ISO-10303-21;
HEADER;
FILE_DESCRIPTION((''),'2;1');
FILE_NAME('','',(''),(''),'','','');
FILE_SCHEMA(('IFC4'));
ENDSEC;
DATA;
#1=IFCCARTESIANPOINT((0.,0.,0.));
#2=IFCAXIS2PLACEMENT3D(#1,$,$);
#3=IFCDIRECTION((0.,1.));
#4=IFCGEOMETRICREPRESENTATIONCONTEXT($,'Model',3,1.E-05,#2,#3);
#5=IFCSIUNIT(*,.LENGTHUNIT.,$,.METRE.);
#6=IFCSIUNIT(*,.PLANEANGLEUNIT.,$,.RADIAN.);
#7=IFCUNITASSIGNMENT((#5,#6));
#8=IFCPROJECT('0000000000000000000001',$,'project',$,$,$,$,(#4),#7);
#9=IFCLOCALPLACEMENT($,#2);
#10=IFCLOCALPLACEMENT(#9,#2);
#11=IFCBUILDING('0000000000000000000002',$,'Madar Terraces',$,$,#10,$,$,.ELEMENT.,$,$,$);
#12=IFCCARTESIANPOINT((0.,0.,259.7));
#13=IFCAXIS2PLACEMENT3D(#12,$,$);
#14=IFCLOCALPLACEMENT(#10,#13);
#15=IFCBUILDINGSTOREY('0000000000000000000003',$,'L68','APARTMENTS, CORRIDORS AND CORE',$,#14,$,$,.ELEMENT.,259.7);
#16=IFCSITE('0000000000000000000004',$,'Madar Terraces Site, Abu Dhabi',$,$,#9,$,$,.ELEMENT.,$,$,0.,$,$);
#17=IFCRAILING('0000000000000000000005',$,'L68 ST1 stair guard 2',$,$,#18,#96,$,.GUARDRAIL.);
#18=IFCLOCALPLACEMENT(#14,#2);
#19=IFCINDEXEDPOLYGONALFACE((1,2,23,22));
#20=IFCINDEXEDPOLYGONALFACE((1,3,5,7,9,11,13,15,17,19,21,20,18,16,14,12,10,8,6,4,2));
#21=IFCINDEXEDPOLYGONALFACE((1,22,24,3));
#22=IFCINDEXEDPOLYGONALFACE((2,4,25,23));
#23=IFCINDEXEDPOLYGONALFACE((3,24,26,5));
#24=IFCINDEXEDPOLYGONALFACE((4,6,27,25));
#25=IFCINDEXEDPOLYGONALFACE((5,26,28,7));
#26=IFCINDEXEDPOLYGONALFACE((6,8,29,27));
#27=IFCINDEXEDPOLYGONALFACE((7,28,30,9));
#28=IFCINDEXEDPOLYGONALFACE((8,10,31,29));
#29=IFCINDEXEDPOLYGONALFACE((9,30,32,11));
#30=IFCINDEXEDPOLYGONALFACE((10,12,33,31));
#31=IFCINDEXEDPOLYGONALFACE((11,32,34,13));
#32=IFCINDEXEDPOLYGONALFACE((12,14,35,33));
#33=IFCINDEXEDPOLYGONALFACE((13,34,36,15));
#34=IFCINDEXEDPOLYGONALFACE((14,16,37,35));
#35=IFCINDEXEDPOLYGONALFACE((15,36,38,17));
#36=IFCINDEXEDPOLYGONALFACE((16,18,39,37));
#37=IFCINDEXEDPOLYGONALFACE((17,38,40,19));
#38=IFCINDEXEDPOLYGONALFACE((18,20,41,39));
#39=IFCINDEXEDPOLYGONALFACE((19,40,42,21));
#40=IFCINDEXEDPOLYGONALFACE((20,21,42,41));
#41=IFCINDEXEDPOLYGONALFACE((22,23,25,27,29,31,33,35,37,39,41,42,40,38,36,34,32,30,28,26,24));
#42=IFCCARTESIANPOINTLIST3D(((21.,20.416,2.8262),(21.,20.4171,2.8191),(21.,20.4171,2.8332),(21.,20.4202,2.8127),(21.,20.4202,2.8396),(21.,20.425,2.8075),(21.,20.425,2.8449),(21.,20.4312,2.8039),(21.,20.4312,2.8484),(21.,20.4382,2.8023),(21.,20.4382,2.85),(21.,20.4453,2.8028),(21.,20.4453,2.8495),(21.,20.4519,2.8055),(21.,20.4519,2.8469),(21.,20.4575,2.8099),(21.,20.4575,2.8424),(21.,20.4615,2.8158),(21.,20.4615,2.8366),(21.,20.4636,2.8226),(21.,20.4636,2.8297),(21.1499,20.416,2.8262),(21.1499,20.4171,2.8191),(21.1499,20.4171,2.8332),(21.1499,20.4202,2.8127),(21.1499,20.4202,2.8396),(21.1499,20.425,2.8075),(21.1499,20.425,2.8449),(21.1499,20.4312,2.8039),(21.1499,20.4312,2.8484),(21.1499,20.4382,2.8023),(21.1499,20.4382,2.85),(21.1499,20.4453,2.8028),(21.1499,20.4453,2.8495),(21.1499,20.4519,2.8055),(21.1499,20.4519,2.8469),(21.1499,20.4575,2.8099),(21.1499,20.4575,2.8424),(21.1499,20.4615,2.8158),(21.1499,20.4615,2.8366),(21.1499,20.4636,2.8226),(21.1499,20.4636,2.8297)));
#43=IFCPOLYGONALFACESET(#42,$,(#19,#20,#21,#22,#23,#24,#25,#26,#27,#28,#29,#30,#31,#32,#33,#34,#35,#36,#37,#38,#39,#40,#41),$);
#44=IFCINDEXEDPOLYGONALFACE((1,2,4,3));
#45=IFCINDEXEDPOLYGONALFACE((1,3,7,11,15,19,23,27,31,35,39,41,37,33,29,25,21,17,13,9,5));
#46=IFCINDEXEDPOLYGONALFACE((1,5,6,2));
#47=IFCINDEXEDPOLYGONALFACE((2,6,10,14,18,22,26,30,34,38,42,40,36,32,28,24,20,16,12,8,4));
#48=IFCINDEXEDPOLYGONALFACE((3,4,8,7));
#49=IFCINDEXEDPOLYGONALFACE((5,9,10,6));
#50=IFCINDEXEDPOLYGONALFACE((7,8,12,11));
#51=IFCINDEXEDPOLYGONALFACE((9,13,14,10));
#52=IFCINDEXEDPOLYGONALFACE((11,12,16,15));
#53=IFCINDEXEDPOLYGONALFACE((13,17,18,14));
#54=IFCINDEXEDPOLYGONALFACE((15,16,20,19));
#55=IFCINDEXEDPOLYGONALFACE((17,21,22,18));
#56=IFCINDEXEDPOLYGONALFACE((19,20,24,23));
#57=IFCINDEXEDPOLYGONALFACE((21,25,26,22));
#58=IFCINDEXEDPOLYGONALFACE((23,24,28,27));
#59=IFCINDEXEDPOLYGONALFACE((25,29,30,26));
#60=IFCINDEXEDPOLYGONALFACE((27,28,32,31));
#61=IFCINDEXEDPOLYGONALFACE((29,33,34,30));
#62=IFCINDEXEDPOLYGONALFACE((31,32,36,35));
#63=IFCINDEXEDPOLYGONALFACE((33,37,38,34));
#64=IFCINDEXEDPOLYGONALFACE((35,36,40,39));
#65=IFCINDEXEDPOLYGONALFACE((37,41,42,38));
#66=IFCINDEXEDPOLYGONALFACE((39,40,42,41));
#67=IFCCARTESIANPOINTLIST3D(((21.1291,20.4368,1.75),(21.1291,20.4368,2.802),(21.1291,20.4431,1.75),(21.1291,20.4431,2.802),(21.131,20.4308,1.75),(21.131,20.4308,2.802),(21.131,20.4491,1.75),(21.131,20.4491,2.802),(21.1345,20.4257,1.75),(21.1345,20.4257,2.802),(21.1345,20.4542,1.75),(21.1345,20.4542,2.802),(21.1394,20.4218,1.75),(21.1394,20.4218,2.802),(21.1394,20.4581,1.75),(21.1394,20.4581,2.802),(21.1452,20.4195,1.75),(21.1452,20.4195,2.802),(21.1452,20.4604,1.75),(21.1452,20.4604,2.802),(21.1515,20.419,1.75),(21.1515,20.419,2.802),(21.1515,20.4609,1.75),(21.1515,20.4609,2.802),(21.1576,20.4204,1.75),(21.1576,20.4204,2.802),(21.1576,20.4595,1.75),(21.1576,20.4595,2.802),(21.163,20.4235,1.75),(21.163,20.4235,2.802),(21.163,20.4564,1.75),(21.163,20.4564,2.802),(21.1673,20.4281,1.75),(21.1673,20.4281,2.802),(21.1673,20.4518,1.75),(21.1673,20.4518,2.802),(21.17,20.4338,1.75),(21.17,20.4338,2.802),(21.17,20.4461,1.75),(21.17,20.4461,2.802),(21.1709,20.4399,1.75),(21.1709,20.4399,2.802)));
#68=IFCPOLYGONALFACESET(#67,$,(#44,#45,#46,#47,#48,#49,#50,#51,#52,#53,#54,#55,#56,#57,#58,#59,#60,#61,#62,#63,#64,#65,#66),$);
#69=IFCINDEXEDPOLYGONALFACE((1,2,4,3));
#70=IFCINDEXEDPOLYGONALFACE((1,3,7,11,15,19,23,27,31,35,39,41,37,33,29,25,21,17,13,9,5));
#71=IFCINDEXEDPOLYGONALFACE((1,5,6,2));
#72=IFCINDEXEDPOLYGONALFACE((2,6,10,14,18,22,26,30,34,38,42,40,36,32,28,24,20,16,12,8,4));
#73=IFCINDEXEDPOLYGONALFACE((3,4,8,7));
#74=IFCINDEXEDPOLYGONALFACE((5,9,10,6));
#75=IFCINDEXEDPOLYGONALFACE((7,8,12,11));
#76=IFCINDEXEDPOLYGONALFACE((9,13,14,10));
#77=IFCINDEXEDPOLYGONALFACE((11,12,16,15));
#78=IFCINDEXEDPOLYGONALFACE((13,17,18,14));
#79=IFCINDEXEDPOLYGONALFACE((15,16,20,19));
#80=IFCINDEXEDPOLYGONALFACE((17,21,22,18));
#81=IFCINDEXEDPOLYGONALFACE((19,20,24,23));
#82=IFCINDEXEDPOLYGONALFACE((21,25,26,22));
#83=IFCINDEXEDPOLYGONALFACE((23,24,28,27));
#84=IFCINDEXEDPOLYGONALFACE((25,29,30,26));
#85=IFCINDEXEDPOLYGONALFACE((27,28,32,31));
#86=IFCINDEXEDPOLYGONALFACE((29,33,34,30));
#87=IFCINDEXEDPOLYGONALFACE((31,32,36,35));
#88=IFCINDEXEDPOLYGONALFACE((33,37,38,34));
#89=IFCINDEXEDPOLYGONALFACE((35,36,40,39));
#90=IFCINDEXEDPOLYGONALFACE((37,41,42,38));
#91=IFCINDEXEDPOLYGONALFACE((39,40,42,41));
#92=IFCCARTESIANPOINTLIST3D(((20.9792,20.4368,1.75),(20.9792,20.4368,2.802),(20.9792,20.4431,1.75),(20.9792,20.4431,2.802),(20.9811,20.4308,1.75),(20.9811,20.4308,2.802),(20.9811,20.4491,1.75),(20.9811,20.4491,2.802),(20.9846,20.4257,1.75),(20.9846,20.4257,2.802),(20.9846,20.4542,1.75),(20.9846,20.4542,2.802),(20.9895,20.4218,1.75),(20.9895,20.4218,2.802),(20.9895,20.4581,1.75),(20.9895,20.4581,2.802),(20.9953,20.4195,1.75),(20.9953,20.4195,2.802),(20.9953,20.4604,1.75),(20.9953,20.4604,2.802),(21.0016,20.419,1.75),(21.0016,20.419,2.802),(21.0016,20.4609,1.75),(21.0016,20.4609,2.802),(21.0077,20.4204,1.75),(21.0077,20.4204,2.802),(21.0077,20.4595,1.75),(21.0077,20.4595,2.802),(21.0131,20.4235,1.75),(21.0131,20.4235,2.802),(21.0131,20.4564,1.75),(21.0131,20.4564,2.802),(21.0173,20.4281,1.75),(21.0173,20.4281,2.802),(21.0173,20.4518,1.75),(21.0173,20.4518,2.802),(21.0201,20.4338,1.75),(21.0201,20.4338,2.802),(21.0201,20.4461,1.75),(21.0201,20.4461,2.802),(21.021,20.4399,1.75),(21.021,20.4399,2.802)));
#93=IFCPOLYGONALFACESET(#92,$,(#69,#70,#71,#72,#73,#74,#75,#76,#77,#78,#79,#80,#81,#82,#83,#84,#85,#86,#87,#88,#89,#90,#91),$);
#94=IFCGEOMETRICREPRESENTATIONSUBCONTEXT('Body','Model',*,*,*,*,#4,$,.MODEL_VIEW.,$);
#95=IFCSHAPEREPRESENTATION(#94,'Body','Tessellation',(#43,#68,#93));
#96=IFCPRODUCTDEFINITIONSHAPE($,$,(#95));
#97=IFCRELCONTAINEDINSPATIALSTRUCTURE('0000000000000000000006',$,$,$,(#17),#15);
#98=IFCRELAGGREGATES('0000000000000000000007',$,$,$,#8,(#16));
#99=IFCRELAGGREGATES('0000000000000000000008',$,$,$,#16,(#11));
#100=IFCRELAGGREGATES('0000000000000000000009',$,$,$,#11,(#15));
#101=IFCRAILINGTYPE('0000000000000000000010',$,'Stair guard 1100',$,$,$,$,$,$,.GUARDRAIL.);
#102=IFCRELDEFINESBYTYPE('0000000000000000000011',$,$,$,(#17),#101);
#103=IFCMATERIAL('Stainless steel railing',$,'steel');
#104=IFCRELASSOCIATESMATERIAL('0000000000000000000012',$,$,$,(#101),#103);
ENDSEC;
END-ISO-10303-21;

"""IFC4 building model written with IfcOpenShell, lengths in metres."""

from ifc_helpers import new_model, si_unit, direction, frame, origin, origin_2d, place, context, subcontext, project, spatial, circle, extrude, material, type_object, element, save


model = new_model("IFC4")

# Units and contexts
model_context = context("Model", 3, precision=1e-05, world=origin(), true_north=direction((0.0, 1.0)))
body_context = subcontext(model_context, "Body", "Model", "MODEL_VIEW")
ifc_project = project(units=[si_unit("LENGTHUNIT", "METRE"), si_unit("PLANEANGLEUNIT", "RADIAN")], contexts=[model_context])

# Site, building, storey
site_placement = place(None, origin())
site = spatial("IfcSite", under=ifc_project, at=site_placement, Name="Madar Terraces Site, Abu Dhabi", CompositionType="ELEMENT", RefElevation=0.0)
building_placement = place(site_placement, origin())
building = spatial("IfcBuilding", under=site, at=building_placement, Name="Madar Terraces", CompositionType="ELEMENT")
storey_placement = place(building_placement, frame((0.0, 0.0, 259.7)))
storey = spatial("IfcBuildingStorey", under=building, at=storey_placement, Name="L68", Description="APARTMENTS, CORRIDORS AND CORE", CompositionType="ELEMENT", Elevation=259.7)

# Railing
ifc_material_1 = material(Name="Stainless steel railing", Category="steel")
railing_type_1 = type_object("IfcRailingType", Name="Stair guard 1100", PredefinedType="GUARDRAIL", material=ifc_material_1)
railing_1_placement = place(storey_placement, frame((21.1499, 20.4399, 1.75)))
element("IfcRailing", 1, at=railing_1_placement, inside=storey, type_object=railing_type_1, Name="L68 ST1 stair guard 2", PredefinedType="GUARDRAIL", context=body_context, shape_type="SweptSolid", body=[
    extrude(circle(Radius=0.0239, at=origin_2d()), frame((0.0, 0.0, 1.0762), z_axis=(-1.0, 0.0, 0.0), x_axis=(0.0, -1.0, 0.0)), (0.0, 0.0, 1.0), 0.1499),
    extrude(circle(Radius=0.021, at=origin_2d()), origin(), (0.0, 0.0, 1.0), 1.052),
    extrude(circle(Radius=0.021, at=origin_2d()), frame((-0.1499, 0.0, 0.0)), (0.0, 0.0, 1.0), 1.052),
])

save(model, "model.ifc")
